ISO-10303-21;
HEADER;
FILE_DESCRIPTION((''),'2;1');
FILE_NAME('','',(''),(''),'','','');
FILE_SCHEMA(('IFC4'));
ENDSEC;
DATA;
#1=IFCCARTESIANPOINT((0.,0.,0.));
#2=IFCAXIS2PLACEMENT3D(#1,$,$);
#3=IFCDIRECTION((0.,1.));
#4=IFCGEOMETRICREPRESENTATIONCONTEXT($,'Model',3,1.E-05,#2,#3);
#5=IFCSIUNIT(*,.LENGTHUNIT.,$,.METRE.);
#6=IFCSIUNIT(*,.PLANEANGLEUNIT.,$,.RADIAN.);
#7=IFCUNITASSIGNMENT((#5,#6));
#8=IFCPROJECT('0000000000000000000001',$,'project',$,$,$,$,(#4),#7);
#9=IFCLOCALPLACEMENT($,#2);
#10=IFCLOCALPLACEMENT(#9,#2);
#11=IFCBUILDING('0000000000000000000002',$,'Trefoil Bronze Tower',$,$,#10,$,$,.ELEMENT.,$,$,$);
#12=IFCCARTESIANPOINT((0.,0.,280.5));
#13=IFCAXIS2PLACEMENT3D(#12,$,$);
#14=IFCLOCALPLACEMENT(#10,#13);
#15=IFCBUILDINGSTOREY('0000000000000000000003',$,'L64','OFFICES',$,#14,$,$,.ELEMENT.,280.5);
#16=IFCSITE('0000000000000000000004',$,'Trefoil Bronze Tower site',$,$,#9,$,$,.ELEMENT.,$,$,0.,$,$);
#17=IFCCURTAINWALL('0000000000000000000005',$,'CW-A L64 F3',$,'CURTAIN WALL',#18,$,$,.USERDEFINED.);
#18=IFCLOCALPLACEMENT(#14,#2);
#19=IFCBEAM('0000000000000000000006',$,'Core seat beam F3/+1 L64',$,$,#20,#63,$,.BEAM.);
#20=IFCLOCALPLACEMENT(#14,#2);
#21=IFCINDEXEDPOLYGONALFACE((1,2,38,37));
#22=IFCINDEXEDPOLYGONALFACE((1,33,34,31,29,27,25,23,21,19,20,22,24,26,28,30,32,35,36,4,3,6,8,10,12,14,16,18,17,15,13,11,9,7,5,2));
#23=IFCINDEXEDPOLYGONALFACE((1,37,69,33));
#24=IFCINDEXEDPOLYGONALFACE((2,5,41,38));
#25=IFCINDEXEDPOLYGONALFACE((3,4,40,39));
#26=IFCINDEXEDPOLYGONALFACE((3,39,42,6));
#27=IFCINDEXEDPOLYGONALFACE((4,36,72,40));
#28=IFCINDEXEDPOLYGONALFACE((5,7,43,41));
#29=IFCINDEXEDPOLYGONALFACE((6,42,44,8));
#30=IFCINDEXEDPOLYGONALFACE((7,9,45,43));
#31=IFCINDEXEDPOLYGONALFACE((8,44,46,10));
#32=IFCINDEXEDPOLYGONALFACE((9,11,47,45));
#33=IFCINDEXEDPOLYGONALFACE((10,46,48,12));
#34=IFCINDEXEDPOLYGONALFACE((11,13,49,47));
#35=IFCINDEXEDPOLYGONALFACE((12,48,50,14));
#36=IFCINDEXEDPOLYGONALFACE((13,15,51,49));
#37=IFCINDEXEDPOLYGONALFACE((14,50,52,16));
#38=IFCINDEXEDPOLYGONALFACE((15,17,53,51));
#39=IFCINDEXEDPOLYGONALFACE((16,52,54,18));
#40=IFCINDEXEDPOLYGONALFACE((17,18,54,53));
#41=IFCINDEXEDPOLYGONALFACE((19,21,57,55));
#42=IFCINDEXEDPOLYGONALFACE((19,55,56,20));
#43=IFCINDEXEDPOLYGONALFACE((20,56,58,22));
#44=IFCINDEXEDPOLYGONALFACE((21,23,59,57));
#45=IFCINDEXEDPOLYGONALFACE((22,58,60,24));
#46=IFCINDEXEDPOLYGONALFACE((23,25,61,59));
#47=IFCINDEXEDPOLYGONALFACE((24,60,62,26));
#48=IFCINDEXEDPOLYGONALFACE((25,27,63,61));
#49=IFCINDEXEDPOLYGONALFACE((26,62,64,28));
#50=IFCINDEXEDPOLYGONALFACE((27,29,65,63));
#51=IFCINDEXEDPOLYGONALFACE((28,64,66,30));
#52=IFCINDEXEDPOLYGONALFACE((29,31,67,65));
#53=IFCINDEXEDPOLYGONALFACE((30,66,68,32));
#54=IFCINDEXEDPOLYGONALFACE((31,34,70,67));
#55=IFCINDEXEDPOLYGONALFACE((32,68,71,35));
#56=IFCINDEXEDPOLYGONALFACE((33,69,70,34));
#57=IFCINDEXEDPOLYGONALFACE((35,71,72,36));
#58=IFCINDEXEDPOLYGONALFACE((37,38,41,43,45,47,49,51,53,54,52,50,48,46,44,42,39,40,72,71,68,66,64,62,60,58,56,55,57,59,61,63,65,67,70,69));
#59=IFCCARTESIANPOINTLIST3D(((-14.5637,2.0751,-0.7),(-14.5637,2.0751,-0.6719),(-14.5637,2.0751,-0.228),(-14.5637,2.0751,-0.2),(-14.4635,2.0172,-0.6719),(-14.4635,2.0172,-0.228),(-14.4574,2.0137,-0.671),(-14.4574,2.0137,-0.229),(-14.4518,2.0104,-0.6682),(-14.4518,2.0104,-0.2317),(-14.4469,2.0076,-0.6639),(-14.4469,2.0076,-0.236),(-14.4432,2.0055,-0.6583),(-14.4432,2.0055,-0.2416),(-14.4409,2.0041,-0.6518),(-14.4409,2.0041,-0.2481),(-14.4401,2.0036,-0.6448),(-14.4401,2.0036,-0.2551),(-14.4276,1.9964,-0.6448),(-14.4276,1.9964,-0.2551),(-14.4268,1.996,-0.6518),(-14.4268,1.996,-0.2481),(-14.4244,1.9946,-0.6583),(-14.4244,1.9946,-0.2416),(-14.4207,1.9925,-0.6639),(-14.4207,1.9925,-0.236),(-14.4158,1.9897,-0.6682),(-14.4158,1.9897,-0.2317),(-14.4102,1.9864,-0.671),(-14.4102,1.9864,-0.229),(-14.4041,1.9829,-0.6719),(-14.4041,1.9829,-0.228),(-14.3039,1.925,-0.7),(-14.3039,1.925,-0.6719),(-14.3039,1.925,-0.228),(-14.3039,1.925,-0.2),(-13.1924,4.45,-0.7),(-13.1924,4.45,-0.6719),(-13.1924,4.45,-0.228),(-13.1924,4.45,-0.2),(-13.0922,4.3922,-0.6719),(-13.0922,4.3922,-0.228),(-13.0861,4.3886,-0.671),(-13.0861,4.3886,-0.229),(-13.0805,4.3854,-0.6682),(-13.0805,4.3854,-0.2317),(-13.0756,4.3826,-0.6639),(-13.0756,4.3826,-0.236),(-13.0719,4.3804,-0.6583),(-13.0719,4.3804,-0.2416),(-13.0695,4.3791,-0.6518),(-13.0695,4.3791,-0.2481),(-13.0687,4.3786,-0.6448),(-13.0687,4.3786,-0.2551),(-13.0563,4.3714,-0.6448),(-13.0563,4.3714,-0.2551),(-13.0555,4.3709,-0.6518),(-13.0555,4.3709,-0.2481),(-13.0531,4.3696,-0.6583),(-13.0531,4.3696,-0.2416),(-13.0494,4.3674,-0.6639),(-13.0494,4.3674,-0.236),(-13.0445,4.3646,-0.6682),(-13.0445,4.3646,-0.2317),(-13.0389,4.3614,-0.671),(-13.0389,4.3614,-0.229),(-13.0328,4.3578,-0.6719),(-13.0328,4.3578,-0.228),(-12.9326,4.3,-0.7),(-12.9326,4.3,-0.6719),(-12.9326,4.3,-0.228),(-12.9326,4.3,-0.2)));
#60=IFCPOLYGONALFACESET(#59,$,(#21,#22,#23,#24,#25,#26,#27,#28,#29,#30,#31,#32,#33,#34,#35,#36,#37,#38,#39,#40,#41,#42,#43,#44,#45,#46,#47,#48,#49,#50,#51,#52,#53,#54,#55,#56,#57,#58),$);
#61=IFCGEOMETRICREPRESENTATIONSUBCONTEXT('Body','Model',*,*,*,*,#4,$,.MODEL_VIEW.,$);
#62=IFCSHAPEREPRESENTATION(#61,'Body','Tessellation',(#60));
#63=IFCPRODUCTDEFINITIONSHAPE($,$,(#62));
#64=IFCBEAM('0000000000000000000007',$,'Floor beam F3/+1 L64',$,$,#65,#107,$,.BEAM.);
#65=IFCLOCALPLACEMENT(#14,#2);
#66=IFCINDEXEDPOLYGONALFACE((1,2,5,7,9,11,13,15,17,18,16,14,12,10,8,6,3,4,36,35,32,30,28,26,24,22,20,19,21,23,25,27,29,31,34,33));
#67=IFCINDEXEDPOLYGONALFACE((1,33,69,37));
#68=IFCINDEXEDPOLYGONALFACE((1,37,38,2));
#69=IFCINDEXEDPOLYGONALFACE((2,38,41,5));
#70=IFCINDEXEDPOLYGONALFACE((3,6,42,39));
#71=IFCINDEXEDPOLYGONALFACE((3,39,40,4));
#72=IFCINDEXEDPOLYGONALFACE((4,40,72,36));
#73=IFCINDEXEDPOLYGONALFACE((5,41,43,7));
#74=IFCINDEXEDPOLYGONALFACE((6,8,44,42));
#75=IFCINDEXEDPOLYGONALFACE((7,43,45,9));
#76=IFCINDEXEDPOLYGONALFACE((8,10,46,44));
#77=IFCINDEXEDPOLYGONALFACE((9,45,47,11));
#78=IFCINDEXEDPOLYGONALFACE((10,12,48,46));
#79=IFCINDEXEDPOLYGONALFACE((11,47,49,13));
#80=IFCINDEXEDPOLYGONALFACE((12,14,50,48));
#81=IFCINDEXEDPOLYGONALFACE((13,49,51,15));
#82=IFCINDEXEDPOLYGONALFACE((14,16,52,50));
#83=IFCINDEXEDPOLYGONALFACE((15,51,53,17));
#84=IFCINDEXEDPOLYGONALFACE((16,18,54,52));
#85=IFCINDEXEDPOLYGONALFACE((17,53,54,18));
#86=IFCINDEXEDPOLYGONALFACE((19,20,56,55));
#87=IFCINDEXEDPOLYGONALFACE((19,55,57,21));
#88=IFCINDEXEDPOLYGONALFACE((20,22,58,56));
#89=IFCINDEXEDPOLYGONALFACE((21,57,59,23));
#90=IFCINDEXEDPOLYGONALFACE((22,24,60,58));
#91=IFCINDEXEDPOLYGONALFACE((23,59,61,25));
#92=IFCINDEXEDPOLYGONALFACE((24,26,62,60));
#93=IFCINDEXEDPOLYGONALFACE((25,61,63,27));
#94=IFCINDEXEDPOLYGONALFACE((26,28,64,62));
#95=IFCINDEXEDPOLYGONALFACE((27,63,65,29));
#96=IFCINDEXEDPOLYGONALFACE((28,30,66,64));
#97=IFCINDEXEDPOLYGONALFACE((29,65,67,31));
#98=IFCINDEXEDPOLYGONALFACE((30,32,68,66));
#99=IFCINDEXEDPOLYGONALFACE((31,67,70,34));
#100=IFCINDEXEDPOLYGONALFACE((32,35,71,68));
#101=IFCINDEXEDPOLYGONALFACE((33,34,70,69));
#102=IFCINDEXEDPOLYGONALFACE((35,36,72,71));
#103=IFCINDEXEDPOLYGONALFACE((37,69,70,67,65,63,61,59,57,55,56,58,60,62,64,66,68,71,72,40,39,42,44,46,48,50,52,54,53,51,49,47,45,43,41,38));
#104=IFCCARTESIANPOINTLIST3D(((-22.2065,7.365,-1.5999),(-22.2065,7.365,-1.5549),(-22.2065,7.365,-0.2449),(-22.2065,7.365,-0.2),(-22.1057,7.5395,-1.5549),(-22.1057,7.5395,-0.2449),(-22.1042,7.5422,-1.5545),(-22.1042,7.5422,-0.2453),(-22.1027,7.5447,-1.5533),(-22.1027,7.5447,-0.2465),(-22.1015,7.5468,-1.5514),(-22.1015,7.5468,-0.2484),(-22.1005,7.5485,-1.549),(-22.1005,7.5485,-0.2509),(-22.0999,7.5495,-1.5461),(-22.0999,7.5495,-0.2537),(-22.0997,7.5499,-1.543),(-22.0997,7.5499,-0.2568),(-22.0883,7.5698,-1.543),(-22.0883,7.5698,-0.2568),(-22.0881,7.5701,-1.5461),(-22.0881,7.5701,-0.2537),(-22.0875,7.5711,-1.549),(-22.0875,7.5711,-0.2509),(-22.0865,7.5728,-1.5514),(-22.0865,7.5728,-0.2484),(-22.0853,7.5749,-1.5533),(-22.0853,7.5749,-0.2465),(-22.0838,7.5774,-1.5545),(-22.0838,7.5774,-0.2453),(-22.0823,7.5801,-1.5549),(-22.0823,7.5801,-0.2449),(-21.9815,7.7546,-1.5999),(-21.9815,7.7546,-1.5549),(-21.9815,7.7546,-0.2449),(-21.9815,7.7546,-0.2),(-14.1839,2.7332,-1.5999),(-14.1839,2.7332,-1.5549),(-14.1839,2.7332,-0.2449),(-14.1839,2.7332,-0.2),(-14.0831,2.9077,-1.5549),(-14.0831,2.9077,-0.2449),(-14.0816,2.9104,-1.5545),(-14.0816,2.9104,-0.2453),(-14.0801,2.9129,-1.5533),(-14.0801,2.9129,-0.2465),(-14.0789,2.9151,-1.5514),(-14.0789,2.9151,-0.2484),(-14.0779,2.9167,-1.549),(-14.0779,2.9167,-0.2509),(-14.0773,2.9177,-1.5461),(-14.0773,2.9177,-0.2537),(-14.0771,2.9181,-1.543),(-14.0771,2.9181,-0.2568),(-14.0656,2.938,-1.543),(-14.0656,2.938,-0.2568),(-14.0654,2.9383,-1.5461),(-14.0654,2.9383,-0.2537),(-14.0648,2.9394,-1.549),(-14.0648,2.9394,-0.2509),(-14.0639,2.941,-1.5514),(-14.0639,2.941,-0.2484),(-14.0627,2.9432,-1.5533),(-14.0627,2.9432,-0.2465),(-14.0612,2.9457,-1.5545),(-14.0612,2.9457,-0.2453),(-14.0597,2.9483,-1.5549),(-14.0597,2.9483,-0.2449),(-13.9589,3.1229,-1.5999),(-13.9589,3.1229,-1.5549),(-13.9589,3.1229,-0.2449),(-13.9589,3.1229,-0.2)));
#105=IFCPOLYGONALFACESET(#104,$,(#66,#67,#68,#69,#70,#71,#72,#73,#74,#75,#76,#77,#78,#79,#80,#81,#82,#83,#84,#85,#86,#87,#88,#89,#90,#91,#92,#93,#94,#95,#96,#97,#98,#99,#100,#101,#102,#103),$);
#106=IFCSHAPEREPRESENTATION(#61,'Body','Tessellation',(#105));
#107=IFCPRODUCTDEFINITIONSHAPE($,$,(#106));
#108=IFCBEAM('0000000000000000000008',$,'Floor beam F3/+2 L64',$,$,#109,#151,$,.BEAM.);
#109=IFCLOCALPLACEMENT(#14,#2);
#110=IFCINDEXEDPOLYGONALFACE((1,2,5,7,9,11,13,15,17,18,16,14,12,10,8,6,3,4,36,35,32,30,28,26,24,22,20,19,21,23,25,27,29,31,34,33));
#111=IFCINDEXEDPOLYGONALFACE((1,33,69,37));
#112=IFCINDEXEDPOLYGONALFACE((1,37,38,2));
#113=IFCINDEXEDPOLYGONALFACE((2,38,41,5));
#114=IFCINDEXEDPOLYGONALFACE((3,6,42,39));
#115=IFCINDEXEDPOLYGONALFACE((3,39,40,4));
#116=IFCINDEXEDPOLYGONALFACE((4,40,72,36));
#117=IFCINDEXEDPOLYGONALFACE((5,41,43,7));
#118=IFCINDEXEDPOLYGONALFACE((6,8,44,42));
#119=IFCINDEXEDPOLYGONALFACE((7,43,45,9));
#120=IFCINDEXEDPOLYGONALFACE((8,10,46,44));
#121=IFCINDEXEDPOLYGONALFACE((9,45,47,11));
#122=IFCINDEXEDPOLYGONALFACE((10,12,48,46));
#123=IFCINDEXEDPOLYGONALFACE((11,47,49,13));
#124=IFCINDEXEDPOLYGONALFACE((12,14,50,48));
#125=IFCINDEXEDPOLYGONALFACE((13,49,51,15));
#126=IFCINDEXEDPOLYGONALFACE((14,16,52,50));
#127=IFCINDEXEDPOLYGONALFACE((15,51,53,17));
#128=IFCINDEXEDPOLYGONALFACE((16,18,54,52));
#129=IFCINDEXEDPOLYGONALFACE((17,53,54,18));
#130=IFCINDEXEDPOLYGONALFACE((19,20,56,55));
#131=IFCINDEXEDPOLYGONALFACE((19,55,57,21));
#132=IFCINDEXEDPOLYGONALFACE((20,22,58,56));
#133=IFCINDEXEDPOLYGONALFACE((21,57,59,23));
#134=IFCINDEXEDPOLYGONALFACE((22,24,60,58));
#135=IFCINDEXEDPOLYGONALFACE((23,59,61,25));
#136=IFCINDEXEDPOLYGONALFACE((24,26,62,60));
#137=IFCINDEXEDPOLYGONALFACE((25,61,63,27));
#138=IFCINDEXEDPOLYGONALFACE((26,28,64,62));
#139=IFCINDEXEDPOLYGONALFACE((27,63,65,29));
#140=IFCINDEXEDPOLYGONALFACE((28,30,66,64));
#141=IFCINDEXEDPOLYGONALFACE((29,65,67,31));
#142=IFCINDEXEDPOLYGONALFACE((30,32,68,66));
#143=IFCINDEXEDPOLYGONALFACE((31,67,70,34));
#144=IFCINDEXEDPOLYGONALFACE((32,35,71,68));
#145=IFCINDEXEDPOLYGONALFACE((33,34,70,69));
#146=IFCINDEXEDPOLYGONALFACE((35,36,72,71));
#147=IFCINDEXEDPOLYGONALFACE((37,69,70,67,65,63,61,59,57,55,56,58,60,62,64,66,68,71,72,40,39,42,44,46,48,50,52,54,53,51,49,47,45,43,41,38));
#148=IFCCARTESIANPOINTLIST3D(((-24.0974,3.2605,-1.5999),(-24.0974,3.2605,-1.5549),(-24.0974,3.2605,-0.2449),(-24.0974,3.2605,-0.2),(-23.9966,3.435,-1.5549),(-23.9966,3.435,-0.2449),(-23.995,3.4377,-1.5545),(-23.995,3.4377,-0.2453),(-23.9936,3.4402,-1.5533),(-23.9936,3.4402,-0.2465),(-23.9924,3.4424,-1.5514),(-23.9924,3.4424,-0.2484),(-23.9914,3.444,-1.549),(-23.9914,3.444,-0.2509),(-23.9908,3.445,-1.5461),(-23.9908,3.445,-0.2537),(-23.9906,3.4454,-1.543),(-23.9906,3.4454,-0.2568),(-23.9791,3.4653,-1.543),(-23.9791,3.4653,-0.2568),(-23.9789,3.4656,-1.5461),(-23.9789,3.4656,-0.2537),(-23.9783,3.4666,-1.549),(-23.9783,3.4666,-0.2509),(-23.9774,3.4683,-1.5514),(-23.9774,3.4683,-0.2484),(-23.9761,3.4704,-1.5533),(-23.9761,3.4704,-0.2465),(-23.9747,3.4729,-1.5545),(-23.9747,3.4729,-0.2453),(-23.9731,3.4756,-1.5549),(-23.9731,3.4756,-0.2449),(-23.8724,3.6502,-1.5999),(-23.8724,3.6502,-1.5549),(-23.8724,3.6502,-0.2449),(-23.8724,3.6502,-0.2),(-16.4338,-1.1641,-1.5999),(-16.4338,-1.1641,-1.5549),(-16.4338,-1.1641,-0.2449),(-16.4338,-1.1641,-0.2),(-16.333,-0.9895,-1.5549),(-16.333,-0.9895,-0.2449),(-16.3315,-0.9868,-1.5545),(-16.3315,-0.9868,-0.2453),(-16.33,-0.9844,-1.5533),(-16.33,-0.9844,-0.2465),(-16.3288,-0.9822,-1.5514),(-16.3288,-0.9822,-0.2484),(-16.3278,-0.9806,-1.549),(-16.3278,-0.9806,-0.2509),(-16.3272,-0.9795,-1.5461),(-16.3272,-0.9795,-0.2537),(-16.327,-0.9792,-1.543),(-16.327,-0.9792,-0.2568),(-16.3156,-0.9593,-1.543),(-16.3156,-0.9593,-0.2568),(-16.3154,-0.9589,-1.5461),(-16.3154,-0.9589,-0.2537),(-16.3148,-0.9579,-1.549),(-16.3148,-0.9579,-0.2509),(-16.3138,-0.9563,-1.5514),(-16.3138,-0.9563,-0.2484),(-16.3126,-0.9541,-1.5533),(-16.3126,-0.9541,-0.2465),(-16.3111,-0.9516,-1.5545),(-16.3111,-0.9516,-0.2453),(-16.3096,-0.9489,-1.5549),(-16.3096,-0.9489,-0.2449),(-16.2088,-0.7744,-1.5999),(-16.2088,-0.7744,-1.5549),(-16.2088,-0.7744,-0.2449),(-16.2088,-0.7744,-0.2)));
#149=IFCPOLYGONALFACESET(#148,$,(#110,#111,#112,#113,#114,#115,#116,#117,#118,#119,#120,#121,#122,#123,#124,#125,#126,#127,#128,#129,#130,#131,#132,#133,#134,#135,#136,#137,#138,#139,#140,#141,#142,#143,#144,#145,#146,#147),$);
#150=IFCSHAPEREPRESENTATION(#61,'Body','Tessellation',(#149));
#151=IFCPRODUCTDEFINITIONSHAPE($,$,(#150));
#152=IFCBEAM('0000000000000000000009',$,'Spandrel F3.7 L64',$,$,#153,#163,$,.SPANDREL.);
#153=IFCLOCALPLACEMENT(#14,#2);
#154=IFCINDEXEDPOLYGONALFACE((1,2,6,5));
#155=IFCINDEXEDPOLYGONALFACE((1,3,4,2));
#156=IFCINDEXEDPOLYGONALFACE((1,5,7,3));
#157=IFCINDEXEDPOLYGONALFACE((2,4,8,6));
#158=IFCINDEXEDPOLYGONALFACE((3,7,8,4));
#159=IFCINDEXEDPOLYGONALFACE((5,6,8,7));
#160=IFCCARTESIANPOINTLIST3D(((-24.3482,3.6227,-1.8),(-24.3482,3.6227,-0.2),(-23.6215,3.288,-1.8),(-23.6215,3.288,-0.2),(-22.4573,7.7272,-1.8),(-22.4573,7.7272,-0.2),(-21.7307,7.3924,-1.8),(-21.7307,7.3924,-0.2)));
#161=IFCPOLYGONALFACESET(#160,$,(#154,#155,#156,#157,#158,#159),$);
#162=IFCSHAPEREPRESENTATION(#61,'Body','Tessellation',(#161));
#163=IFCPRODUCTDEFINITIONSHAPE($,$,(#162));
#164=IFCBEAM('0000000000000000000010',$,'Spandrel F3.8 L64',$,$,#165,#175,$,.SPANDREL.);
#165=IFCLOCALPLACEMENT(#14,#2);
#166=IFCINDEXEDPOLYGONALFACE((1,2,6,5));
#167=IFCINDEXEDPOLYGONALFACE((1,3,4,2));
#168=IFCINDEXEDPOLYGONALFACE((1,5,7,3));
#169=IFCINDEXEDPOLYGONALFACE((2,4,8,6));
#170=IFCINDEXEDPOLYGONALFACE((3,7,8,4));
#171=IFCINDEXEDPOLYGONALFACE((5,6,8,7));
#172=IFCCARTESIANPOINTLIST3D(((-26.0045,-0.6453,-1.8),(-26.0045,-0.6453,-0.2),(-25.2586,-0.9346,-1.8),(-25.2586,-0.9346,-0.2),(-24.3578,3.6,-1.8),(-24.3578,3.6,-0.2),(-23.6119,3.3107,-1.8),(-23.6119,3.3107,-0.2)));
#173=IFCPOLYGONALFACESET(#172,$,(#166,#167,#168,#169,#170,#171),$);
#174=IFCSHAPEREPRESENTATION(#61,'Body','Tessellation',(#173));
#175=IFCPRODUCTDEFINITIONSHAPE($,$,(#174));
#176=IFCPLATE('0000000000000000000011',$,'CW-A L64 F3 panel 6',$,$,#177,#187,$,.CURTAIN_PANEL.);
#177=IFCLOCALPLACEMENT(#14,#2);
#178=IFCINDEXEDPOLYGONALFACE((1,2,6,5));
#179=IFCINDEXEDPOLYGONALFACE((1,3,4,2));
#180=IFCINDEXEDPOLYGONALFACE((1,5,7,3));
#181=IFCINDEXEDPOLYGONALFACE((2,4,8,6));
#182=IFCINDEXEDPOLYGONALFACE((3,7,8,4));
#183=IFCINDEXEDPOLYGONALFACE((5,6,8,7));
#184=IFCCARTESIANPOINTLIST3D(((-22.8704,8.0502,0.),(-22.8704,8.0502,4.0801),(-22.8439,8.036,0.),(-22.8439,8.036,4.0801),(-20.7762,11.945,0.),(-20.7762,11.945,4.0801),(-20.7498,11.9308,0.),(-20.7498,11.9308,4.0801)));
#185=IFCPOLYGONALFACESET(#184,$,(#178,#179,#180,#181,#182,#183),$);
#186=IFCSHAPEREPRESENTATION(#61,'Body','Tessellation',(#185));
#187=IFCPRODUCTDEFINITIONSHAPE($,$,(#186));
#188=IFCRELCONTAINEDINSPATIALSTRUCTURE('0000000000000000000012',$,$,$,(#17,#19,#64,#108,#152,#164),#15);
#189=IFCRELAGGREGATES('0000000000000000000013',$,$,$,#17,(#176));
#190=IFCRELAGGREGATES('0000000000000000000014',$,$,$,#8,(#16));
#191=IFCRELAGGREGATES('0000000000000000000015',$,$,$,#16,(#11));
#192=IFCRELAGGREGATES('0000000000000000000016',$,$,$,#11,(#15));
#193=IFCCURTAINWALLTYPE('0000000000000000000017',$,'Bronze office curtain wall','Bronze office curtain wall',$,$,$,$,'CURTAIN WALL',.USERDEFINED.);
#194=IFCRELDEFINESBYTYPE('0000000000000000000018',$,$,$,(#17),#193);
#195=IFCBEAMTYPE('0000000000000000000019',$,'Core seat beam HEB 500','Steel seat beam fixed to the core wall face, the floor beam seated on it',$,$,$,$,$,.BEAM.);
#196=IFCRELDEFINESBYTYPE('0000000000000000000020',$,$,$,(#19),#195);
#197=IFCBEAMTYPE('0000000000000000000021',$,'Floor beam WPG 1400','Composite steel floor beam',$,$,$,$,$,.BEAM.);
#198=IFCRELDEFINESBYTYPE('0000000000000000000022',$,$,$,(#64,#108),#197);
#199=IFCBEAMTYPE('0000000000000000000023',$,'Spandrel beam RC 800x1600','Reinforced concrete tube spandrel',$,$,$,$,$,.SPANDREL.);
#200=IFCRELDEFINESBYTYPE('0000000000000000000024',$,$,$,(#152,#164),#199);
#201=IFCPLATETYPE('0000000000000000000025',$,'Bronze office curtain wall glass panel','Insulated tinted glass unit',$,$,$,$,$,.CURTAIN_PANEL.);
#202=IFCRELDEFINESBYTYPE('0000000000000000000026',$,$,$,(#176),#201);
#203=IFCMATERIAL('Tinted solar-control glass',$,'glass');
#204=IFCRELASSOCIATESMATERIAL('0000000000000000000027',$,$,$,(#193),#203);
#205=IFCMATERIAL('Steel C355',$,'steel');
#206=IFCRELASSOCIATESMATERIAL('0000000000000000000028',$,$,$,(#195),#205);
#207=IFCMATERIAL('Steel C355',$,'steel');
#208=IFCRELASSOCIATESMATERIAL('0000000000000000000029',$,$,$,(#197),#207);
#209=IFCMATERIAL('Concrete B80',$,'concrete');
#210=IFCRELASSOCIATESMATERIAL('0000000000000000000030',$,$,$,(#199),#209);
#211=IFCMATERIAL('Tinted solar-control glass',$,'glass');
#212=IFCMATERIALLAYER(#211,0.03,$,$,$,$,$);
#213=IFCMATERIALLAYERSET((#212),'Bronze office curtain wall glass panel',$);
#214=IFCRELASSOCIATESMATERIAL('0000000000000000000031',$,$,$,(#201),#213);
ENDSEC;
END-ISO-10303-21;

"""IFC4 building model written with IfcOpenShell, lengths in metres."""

from ifc_helpers import new_model, si_unit, direction, frame, origin, origin_2d, place, context, subcontext, project, spatial, rectangle, i_section, extrude, material, layer, layer_set, material_profile, profile_set, type_object, element, aggregate, save


model = new_model("IFC4")

# Units and contexts
model_context = context("Model", 3, precision=1e-05, world=origin(), true_north=direction((0.0, 1.0)))
body_context = subcontext(model_context, "Body", "Model", "MODEL_VIEW")
ifc_project = project(units=[si_unit("LENGTHUNIT", "METRE"), si_unit("PLANEANGLEUNIT", "RADIAN")], contexts=[model_context])

# Site, building, storey
site_placement = place(None, origin())
site = spatial("IfcSite", under=ifc_project, at=site_placement, Name="Trefoil Bronze Tower site", CompositionType="ELEMENT", RefElevation=0.0)
building_placement = place(site_placement, origin())
building = spatial("IfcBuilding", under=site, at=building_placement, Name="Trefoil Bronze Tower", CompositionType="ELEMENT")
storey_placement = place(building_placement, frame((0.0, 0.0, 280.5)))
storey = spatial("IfcBuildingStorey", under=building, at=storey_placement, Name="L64", Description="OFFICES", CompositionType="ELEMENT", Elevation=280.5)

# Curtain wall
ifc_material_1 = material(Name="Tinted solar-control glass", Category="glass")
curtain_wall_type = type_object("IfcCurtainWallType", Name="Bronze office curtain wall", Description="Bronze office curtain wall", ElementType="CURTAIN WALL", PredefinedType="USERDEFINED", material=ifc_material_1)
curtain_wall_placement = place(storey_placement, origin())
curtain_wall = element("IfcCurtainWall", 1, at=curtain_wall_placement, inside=storey, type_object=curtain_wall_type, Name="CW-A L64 F3", ObjectType="CURTAIN WALL", PredefinedType="USERDEFINED")

# Beams
ifc_material_2 = material(Name="Steel C355", Category="steel")
ifc_material_profile_1 = material_profile(ifc_material_2, i_section(OverallWidth=0.3, OverallDepth=0.5, WebThickness=0.0144, FlangeThickness=0.0281, FilletRadius=0.0271, at=origin_2d()), Name="HEB 500")
ifc_profile_set_1 = profile_set([ifc_material_profile_1], Name="Steel C355")
beam_type_1 = type_object("IfcBeamType", Name="Core seat beam HEB 500", Description="Steel seat beam fixed to the core wall face, the floor beam seated on it", PredefinedType="BEAM", material=ifc_profile_set_1)
for number, where, z_axis, x_axis, name in (
    (2, (-13.0625, 4.375, -0.45), (-0.500036, -0.866005, 0.0), (0.866005, -0.500036, 0.0), "Core seat beam F3/+1 L64"),
):
    element("IfcBeam", number, at=place(storey_placement, frame(where, z_axis=z_axis, x_axis=x_axis)), inside=storey, type_object=beam_type_1, Name=name, PredefinedType="BEAM", context=body_context, shape_type="SweptSolid", body=[
        extrude(i_section(OverallWidth=0.3, OverallDepth=0.5, WebThickness=0.0144, FlangeThickness=0.0281, FilletRadius=0.0271, at=origin_2d()), origin(), (0.0, 0.0, 1.0), 2.7424),
    ])
ifc_material_3 = material(Name="Steel C355", Category="steel")
ifc_material_profile_2 = material_profile(ifc_material_3, i_section(OverallWidth=0.45, OverallDepth=1.3999, WebThickness=0.0229, FlangeThickness=0.0449, FilletRadius=0.012, at=origin_2d()), Name="WPG 1400")
ifc_profile_set_2 = profile_set([ifc_material_profile_2], Name="Steel C355")
beam_type_2 = type_object("IfcBeamType", Name="Floor beam WPG 1400", Description="Composite steel floor beam", PredefinedType="BEAM", material=ifc_profile_set_2)
beam_1_placement = place(storey_placement, frame((-22.094, 7.5598, -0.8999), z_axis=(0.866029, -0.499994, 0.0), x_axis=(0.499994, 0.866029, 0.0)))
element("IfcBeam", 3, at=beam_1_placement, inside=storey, type_object=beam_type_2, Name="Floor beam F3/+1 L64", PredefinedType="BEAM", context=body_context, shape_type="SweptSolid", body=[
    extrude(i_section(OverallWidth=0.45, OverallDepth=1.3999, WebThickness=0.0229, FlangeThickness=0.0449, FilletRadius=0.012, at=origin_2d()), origin(), (0.0, 0.0, 1.0), 9.2637),
])
beam_2_placement = place(storey_placement, frame((-23.9849, 3.4553, -0.8999), z_axis=(0.866026, -0.499999, 0.0), x_axis=(0.499999, 0.866026, 0.0)))
element("IfcBeam", 4, at=beam_2_placement, inside=storey, type_object=beam_type_2, Name="Floor beam F3/+2 L64", PredefinedType="BEAM", context=body_context, shape_type="SweptSolid", body=[
    extrude(i_section(OverallWidth=0.45, OverallDepth=1.3999, WebThickness=0.0229, FlangeThickness=0.0449, FilletRadius=0.012, at=origin_2d()), origin(), (0.0, 0.0, 1.0), 8.8491),
])
ifc_material_4 = material(Name="Concrete B80", Category="concrete")
ifc_material_profile_3 = material_profile(ifc_material_4, rectangle(XDim=0.8, YDim=1.6001, at=origin_2d()), Name="RC 800x1600")
ifc_profile_set_3 = profile_set([ifc_material_profile_3], Name="Concrete B80")
beam_type_3 = type_object("IfcBeamType", Name="Spandrel beam RC 800x1600", Description="Reinforced concrete tube spandrel", PredefinedType="SPANDREL", material=ifc_profile_set_3)
beam_3_placement = place(storey_placement, frame((-22.094, 7.5598, -1.0), z_axis=(-0.418417, -0.908255, 0.0), x_axis=(0.908255, -0.418417, 0.0)))
element("IfcBeam", 5, at=beam_3_placement, inside=storey, type_object=beam_type_3, Name="Spandrel F3.7 L64", PredefinedType="SPANDREL", context=body_context, shape_type="SweptSolid", body=[
    extrude(rectangle(XDim=0.8, YDim=1.6001, at=origin_2d()), origin(), (0.0, 0.0, 1.0), 4.519),
])
beam_4_placement = place(storey_placement, frame((-23.9849, 3.4553, -1.0), z_axis=(-0.361636, -0.932319, 0.0), x_axis=(0.932319, -0.361636, 0.0)))
element("IfcBeam", 6, at=beam_4_placement, inside=storey, type_object=beam_type_3, Name="Spandrel F3.8 L64", PredefinedType="SPANDREL", context=body_context, shape_type="SweptSolid", body=[
    extrude(rectangle(XDim=0.8, YDim=1.6001, at=origin_2d()), origin(), (0.0, 0.0, 1.0), 4.5535),
])

# Plate
ifc_material_5 = material(Name="Tinted solar-control glass", Category="glass")
ifc_layer_1 = layer(ifc_material_5, 0.03)
ifc_layer_set_1 = layer_set([ifc_layer_1], Name="Bronze office curtain wall glass panel")
plate_type = type_object("IfcPlateType", Name="Bronze office curtain wall glass panel", Description="Insulated tinted glass unit", PredefinedType="CURTAIN_PANEL", material=ifc_layer_set_1)
plate_1_placement = place(storey_placement, frame((-21.8101, 9.9905, 0.0), z_axis=(0.0, 0.0, 1.0), x_axis=(-0.473562, -0.88076, 0.0)))
plate_1 = element("IfcPlate", 7, at=plate_1_placement, type_object=plate_type, Name="CW-A L64 F3 panel 6", PredefinedType="CURTAIN_PANEL", context=body_context, shape_type="SweptSolid", body=[
    extrude(rectangle(XDim=4.4221, YDim=0.03, at=origin_2d()), origin(), (0.0, 0.0, 1.0), 4.0801),
])
aggregate(curtain_wall, [plate_1])

save(model, "model.ifc")
